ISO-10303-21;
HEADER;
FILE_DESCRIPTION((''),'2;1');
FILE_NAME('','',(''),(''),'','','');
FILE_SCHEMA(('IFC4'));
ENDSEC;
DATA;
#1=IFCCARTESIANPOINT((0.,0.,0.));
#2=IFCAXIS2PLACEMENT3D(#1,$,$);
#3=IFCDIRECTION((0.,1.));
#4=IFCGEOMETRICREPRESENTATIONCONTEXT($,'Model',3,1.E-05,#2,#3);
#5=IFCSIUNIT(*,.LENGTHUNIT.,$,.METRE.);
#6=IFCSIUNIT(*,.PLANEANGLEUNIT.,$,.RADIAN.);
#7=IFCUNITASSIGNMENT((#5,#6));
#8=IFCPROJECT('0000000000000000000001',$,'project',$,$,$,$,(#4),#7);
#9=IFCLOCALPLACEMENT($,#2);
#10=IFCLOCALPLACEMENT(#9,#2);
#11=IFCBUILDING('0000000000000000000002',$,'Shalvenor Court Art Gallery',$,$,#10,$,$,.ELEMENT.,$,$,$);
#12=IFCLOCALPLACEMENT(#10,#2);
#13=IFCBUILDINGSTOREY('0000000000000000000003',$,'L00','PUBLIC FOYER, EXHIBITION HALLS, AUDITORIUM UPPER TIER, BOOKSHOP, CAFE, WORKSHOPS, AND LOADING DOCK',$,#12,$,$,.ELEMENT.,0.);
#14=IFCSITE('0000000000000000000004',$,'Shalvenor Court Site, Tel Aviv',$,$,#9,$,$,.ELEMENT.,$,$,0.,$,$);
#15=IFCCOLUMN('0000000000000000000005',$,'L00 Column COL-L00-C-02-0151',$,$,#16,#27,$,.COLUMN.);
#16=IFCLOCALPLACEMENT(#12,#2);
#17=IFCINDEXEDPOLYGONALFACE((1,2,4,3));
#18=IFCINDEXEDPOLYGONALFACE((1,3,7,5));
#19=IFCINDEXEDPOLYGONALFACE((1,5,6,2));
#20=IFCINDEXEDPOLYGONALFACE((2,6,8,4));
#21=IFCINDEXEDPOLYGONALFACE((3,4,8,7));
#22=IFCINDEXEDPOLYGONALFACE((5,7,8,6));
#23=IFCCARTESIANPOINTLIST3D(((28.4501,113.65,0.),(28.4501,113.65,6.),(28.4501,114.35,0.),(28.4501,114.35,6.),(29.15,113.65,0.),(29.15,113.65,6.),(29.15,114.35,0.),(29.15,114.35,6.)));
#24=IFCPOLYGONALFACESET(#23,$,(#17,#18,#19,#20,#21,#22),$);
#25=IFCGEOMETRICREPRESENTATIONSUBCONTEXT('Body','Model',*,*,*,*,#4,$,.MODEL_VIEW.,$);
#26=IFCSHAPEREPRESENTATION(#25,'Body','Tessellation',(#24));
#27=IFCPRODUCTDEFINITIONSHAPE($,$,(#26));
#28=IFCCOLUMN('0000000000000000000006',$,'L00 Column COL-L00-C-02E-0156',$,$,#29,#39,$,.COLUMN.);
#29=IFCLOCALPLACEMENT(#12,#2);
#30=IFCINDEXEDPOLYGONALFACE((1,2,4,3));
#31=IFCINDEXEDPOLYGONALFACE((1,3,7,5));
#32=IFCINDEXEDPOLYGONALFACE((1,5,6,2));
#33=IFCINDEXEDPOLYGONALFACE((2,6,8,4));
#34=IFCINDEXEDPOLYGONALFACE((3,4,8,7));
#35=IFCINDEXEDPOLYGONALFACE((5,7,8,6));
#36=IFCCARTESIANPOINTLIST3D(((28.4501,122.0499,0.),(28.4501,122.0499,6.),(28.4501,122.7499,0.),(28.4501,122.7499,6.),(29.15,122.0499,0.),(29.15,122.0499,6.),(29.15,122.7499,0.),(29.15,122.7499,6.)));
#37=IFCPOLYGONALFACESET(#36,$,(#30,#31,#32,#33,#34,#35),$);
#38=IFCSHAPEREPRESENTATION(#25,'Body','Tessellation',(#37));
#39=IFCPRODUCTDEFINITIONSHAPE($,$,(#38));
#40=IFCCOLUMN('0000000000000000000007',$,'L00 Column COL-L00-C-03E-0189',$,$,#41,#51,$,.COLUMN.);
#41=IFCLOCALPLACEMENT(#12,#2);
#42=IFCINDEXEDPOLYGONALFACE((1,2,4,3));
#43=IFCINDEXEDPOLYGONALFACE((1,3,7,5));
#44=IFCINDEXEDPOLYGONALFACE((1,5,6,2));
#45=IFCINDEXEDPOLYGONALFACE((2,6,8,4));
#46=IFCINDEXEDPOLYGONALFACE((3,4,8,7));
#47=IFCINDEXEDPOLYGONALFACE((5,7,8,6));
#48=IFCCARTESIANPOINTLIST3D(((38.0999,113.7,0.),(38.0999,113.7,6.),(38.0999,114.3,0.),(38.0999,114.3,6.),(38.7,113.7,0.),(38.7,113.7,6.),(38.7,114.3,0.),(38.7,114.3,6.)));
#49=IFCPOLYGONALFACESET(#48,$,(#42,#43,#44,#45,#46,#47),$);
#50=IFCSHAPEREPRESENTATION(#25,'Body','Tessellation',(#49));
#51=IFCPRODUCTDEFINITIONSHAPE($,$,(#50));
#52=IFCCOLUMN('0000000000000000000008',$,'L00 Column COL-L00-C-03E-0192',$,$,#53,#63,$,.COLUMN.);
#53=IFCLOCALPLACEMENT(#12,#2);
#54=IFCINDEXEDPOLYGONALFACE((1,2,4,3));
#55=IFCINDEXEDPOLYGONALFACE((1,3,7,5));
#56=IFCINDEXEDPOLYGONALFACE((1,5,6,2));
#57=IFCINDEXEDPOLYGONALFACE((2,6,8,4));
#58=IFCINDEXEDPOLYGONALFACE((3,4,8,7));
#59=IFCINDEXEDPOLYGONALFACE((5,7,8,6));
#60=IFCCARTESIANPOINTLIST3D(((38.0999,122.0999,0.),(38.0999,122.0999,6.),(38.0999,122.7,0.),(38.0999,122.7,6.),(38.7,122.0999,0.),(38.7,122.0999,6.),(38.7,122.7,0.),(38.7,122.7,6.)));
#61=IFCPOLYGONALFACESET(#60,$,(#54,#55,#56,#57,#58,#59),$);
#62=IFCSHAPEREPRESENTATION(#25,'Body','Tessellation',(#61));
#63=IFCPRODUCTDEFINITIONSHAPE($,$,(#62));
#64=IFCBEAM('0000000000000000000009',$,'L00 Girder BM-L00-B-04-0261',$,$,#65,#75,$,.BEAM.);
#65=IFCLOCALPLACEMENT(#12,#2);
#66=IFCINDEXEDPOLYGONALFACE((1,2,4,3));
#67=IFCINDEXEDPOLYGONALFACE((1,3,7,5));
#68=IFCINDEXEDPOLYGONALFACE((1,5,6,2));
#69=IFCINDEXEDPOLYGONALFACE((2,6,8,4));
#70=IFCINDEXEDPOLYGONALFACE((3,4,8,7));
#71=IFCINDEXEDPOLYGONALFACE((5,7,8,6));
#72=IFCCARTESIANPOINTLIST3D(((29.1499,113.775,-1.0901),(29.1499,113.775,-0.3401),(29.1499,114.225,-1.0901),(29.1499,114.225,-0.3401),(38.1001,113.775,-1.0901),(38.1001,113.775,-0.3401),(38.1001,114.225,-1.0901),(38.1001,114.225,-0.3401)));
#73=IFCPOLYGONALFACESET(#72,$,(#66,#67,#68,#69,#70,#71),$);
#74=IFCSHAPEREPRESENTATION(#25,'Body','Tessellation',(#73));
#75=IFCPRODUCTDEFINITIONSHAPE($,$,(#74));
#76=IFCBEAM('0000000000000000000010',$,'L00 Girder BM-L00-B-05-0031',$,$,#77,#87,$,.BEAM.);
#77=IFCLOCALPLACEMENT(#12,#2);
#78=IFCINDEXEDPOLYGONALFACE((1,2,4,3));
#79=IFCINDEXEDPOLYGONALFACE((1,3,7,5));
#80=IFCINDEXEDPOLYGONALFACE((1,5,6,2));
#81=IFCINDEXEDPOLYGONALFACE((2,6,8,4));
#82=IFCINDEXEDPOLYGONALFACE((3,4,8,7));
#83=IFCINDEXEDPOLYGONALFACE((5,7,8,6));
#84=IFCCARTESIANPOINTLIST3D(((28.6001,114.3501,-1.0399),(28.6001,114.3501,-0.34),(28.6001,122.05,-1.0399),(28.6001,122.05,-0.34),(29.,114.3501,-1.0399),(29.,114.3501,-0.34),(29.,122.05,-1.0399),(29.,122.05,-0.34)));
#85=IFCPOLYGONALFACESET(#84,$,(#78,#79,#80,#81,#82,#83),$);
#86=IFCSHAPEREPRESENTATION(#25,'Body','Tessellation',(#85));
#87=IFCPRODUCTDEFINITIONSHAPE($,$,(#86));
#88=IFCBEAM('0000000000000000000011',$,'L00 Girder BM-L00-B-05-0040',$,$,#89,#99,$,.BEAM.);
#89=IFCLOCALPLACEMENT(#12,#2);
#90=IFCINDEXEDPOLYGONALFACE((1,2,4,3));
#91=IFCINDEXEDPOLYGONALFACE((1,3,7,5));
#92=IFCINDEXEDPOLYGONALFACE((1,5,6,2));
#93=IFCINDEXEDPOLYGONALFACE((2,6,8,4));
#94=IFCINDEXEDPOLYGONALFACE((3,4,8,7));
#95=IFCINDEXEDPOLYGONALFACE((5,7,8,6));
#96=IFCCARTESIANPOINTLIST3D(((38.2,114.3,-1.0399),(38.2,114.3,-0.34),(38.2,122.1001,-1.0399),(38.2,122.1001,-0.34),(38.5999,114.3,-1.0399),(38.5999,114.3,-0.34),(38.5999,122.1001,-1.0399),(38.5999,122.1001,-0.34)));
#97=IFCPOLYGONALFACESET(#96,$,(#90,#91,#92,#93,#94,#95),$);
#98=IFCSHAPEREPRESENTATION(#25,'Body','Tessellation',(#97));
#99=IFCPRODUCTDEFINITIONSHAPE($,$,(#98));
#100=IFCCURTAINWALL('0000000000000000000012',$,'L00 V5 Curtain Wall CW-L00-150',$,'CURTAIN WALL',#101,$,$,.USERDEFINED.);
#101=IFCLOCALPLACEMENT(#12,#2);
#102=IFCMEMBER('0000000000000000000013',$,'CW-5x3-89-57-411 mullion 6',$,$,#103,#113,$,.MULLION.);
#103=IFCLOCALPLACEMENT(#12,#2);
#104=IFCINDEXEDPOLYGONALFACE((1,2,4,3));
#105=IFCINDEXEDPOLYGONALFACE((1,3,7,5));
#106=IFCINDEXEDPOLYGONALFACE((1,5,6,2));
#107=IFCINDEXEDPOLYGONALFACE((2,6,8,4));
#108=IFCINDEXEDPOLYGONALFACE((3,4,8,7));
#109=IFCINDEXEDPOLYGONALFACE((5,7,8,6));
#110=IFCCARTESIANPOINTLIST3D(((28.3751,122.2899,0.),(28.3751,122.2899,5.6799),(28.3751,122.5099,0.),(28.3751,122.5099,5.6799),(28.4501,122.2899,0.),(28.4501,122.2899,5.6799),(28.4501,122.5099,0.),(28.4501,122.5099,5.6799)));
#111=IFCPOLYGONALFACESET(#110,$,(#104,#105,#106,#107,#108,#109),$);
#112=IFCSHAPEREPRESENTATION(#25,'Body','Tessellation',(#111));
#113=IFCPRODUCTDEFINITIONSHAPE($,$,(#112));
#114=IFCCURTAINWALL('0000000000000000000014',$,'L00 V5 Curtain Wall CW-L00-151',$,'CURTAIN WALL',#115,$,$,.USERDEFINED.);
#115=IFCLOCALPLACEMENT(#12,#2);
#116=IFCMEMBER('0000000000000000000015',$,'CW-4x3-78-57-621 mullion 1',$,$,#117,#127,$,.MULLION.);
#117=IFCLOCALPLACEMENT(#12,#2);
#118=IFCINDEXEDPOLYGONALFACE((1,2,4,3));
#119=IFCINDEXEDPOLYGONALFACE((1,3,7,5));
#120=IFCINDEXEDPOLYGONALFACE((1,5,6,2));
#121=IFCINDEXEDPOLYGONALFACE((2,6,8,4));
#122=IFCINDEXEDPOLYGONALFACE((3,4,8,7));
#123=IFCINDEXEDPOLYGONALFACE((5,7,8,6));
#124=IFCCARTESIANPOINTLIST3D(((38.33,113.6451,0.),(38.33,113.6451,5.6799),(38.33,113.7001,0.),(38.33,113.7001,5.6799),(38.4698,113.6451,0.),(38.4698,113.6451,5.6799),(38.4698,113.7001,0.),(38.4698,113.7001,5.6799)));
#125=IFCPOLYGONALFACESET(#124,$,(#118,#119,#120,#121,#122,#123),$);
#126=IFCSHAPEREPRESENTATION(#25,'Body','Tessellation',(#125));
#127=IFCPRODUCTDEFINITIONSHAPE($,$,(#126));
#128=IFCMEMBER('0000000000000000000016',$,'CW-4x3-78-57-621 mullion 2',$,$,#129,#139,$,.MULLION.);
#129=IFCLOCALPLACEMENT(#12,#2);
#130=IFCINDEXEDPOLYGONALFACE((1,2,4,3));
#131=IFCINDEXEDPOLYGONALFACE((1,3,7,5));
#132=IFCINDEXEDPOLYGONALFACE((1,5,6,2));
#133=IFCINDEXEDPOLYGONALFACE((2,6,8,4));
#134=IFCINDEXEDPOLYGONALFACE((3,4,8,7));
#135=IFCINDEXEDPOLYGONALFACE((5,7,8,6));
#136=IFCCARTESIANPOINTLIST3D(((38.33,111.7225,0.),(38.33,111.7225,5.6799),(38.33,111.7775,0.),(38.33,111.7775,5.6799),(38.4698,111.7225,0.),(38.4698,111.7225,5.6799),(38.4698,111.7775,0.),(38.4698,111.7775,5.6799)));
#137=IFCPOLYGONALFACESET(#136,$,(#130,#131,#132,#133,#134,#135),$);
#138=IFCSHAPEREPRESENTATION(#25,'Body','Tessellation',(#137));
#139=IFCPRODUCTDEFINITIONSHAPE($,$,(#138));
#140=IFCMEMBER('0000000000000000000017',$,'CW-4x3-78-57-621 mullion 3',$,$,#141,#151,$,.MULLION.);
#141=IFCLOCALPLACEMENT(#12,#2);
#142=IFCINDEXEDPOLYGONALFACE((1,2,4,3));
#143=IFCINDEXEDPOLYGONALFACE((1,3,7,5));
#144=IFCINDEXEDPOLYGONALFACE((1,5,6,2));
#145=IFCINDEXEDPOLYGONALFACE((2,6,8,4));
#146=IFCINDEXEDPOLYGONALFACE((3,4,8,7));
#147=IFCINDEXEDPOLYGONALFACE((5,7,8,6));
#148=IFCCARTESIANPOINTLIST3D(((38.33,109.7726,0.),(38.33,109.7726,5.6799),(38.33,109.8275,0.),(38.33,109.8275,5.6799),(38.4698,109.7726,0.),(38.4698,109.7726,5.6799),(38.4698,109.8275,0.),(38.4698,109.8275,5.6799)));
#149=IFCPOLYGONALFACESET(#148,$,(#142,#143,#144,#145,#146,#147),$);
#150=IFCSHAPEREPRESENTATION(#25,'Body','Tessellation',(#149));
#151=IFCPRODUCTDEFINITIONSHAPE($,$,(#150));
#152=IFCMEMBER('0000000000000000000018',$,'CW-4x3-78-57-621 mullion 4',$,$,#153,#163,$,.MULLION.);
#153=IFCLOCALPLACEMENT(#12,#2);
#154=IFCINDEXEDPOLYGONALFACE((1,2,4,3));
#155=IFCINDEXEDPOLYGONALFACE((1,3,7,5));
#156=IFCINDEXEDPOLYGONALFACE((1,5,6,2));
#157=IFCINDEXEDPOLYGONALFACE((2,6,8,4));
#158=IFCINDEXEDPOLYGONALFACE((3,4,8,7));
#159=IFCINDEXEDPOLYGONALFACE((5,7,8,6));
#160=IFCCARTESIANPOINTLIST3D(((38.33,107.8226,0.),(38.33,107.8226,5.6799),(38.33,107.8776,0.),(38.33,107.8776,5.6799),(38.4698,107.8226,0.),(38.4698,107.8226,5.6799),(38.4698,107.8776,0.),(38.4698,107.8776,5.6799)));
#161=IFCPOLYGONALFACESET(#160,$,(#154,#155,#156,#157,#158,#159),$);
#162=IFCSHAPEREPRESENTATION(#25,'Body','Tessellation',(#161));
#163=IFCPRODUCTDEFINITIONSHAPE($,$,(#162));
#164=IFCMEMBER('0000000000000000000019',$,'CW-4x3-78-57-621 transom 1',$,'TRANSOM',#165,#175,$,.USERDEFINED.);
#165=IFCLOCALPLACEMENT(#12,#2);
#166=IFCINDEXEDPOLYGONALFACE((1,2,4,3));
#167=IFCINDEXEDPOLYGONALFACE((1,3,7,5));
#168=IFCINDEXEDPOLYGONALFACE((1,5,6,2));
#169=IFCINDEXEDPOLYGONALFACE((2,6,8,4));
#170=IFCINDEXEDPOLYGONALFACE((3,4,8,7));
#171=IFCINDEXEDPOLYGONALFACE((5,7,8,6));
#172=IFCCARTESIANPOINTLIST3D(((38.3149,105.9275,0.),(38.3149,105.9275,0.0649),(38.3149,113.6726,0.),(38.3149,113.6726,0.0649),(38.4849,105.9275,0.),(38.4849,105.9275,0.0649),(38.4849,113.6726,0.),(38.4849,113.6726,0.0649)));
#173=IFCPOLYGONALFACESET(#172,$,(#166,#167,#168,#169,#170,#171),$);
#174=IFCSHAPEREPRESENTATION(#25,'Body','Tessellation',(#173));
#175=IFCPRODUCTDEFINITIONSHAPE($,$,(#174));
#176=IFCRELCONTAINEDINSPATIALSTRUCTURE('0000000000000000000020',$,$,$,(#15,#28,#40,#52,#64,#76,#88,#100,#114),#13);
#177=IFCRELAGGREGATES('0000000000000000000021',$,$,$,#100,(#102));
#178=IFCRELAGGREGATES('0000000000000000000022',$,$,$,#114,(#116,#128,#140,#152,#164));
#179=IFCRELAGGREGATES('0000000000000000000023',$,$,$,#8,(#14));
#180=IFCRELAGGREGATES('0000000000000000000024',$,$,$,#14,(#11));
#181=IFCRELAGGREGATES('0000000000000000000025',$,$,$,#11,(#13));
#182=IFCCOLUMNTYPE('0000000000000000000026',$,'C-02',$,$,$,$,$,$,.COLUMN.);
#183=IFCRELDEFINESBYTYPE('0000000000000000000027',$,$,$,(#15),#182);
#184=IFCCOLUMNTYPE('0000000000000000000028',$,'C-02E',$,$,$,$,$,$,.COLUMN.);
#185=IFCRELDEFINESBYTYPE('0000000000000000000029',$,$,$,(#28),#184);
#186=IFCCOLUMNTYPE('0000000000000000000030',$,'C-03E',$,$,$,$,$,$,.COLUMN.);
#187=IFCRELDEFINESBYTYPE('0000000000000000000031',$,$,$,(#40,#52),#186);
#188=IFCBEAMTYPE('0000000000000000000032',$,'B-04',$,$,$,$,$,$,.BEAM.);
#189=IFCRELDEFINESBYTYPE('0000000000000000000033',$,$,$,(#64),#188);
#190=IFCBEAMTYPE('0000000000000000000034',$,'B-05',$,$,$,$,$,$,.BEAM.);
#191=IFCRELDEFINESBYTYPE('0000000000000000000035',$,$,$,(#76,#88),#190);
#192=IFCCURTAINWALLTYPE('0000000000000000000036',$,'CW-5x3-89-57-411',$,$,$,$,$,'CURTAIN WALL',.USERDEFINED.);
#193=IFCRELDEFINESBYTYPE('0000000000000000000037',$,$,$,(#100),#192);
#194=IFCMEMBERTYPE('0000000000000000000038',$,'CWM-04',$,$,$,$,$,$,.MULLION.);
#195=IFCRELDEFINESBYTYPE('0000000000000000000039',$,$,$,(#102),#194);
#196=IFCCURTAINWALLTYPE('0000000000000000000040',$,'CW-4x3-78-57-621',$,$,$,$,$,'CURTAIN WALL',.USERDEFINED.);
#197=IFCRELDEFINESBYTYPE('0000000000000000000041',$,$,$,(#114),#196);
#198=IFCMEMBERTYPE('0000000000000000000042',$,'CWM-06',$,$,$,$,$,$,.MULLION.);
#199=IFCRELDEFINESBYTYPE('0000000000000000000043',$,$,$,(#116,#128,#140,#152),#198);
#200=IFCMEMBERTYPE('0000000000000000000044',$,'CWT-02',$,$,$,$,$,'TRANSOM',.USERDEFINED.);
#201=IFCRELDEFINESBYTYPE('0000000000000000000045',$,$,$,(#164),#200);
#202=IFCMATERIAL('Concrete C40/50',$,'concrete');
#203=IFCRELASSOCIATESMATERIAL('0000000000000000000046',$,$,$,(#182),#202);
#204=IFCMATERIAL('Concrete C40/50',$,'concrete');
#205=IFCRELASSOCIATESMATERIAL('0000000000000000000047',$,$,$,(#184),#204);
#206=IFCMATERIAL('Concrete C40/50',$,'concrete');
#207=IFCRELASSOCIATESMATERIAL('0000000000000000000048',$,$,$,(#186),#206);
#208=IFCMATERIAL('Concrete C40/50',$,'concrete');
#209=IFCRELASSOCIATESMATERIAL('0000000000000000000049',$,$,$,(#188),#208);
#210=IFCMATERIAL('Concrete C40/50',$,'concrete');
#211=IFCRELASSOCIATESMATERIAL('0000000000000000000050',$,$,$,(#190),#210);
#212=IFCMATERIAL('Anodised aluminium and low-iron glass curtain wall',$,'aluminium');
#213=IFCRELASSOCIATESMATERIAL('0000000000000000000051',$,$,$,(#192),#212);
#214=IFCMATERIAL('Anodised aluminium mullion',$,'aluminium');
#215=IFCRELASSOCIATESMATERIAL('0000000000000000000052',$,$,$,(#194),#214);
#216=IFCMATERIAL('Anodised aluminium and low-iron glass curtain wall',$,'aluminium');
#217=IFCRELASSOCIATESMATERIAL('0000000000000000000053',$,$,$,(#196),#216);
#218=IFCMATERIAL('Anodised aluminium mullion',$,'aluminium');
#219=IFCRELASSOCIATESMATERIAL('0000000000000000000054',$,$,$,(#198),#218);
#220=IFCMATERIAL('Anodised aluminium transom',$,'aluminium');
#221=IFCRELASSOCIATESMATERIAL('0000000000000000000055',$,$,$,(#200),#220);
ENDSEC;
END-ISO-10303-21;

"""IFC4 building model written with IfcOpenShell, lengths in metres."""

from ifc_helpers import new_model, si_unit, direction, frame, origin, origin_2d, place, context, subcontext, project, spatial, rectangle, extrude, material, material_profile, profile_set, type_object, element, aggregate, save


model = new_model("IFC4")

# Units and contexts
model_context = context("Model", 3, precision=1e-05, world=origin(), true_north=direction((0.0, 1.0)))
body_context = subcontext(model_context, "Body", "Model", "MODEL_VIEW")
ifc_project = project(units=[si_unit("LENGTHUNIT", "METRE"), si_unit("PLANEANGLEUNIT", "RADIAN")], contexts=[model_context])

# Site, building, storey
site_placement = place(None, origin())
site = spatial("IfcSite", under=ifc_project, at=site_placement, Name="Shalvenor Court Site, Tel Aviv", CompositionType="ELEMENT", RefElevation=0.0)
building_placement = place(site_placement, origin())
building = spatial("IfcBuilding", under=site, at=building_placement, Name="Shalvenor Court Art Gallery", CompositionType="ELEMENT")
storey_placement = place(building_placement, origin())
storey = spatial("IfcBuildingStorey", under=building, at=storey_placement, Name="L00", Description="PUBLIC FOYER, EXHIBITION HALLS, AUDITORIUM UPPER TIER, BOOKSHOP, CAFE, WORKSHOPS, AND LOADING DOCK", CompositionType="ELEMENT", Elevation=0.0)

# Columns
ifc_material_1 = material(Name="Concrete C40/50", Category="concrete")
ifc_material_profile_1 = material_profile(ifc_material_1, rectangle(XDim=0.7, YDim=0.7, at=origin_2d()), Name="RC 700x700")
ifc_profile_set_1 = profile_set([ifc_material_profile_1], Name="Concrete C40/50")
column_type_1 = type_object("IfcColumnType", Name="C-02", PredefinedType="COLUMN", material=ifc_profile_set_1)
column_1_placement = place(storey_placement, frame((28.8, 114.0, 0.0), z_axis=(0.0, 0.0, 1.0), x_axis=(1.0, 0.0, 0.0)))
element("IfcColumn", 1, at=column_1_placement, inside=storey, type_object=column_type_1, Name="L00 Column COL-L00-C-02-0151", PredefinedType="COLUMN", context=body_context, shape_type="SweptSolid", body=[
    extrude(rectangle(XDim=0.7, YDim=0.7, at=origin_2d()), origin(), (0.0, 0.0, 1.0), 6.0),
])
ifc_material_2 = material(Name="Concrete C40/50", Category="concrete")
ifc_material_profile_2 = material_profile(ifc_material_2, rectangle(XDim=0.7, YDim=0.7, at=origin_2d()), Name="RC 700x700")
ifc_profile_set_2 = profile_set([ifc_material_profile_2], Name="Concrete C40/50")
column_type_2 = type_object("IfcColumnType", Name="C-02E", PredefinedType="COLUMN", material=ifc_profile_set_2)
column_2_placement = place(storey_placement, frame((28.8, 122.3999, 0.0), z_axis=(0.0, 0.0, 1.0), x_axis=(1.0, 0.0, 0.0)))
element("IfcColumn", 2, at=column_2_placement, inside=storey, type_object=column_type_2, Name="L00 Column COL-L00-C-02E-0156", PredefinedType="COLUMN", context=body_context, shape_type="SweptSolid", body=[
    extrude(rectangle(XDim=0.7, YDim=0.7, at=origin_2d()), origin(), (0.0, 0.0, 1.0), 6.0),
])
ifc_material_3 = material(Name="Concrete C40/50", Category="concrete")
ifc_material_profile_3 = material_profile(ifc_material_3, rectangle(XDim=0.6001, YDim=0.6001, at=origin_2d()), Name="RC 600x600")
ifc_profile_set_3 = profile_set([ifc_material_profile_3], Name="Concrete C40/50")
column_type_3 = type_object("IfcColumnType", Name="C-03E", PredefinedType="COLUMN", material=ifc_profile_set_3)
for number, where, z_axis, x_axis, name in (
    (3, (38.3999, 114.0, 0.0), (0.0, 0.0, 1.0), (1.0, 0.0, 0.0), "L00 Column COL-L00-C-03E-0189"),
    (4, (38.3999, 122.3999, 0.0), (0.0, 0.0, 1.0), (1.0, 0.0, 0.0), "L00 Column COL-L00-C-03E-0192"),
):
    element("IfcColumn", number, at=place(storey_placement, frame(where, z_axis=z_axis, x_axis=x_axis)), inside=storey, type_object=column_type_3, Name=name, PredefinedType="COLUMN", context=body_context, shape_type="SweptSolid", body=[
        extrude(rectangle(XDim=0.6001, YDim=0.6001, at=origin_2d()), origin(), (0.0, 0.0, 1.0), 6.0),
    ])

# Beams
ifc_material_4 = material(Name="Concrete C40/50", Category="concrete")
ifc_material_profile_4 = material_profile(ifc_material_4, rectangle(XDim=0.45, YDim=0.75, at=origin_2d()), Name="RC 450x750")
ifc_profile_set_4 = profile_set([ifc_material_profile_4], Name="Concrete C40/50")
beam_type_1 = type_object("IfcBeamType", Name="B-04", PredefinedType="BEAM", material=ifc_profile_set_4)
beam_1_placement = place(storey_placement, frame((29.1499, 114.0, -0.7151), z_axis=(1.0, 0.0, 0.0), x_axis=(0.0, 1.0, 0.0)))
element("IfcBeam", 5, at=beam_1_placement, inside=storey, type_object=beam_type_1, Name="L00 Girder BM-L00-B-04-0261", PredefinedType="BEAM", context=body_context, shape_type="SweptSolid", body=[
    extrude(rectangle(XDim=0.45, YDim=0.75, at=origin_2d()), origin(), (0.0, 0.0, 1.0), 8.9502),
])
ifc_material_5 = material(Name="Concrete C40/50", Category="concrete")
ifc_material_profile_5 = material_profile(ifc_material_5, rectangle(XDim=0.3999, YDim=0.7, at=origin_2d()), Name="RC 400x700")
ifc_profile_set_5 = profile_set([ifc_material_profile_5], Name="Concrete C40/50")
beam_type_2 = type_object("IfcBeamType", Name="B-05", PredefinedType="BEAM", material=ifc_profile_set_5)
beam_2_placement = place(storey_placement, frame((28.8, 114.3501, -0.6899), z_axis=(0.0, 1.0, 0.0), x_axis=(-1.0, 0.0, 0.0)))
element("IfcBeam", 6, at=beam_2_placement, inside=storey, type_object=beam_type_2, Name="L00 Girder BM-L00-B-05-0031", PredefinedType="BEAM", context=body_context, shape_type="SweptSolid", body=[
    extrude(rectangle(XDim=0.3999, YDim=0.7, at=origin_2d()), origin(), (0.0, 0.0, 1.0), 7.7),
])
beam_3_placement = place(storey_placement, frame((38.3999, 114.3, -0.6899), z_axis=(0.0, 1.0, 0.0), x_axis=(-1.0, 0.0, 0.0)))
element("IfcBeam", 7, at=beam_3_placement, inside=storey, type_object=beam_type_2, Name="L00 Girder BM-L00-B-05-0040", PredefinedType="BEAM", context=body_context, shape_type="SweptSolid", body=[
    extrude(rectangle(XDim=0.3999, YDim=0.7, at=origin_2d()), origin(), (0.0, 0.0, 1.0), 7.8),
])

# Curtain wall, member
ifc_material_6 = material(Name="Anodised aluminium and low-iron glass curtain wall", Category="aluminium")
curtain_wall_type_1 = type_object("IfcCurtainWallType", Name="CW-5x3-89-57-411", ElementType="CURTAIN WALL", PredefinedType="USERDEFINED", material=ifc_material_6)
curtain_wall_1_placement = place(storey_placement, origin())
curtain_wall_1 = element("IfcCurtainWall", 8, at=curtain_wall_1_placement, inside=storey, type_object=curtain_wall_type_1, Name="L00 V5 Curtain Wall CW-L00-150", ObjectType="CURTAIN WALL", PredefinedType="USERDEFINED")
ifc_material_7 = material(Name="Anodised aluminium mullion", Category="aluminium")
ifc_material_profile_6 = material_profile(ifc_material_7, rectangle(XDim=0.075, YDim=0.22, at=origin_2d()), Name="CWM-04")
ifc_profile_set_6 = profile_set([ifc_material_profile_6], Name="Anodised aluminium mullion")
member_type_1 = type_object("IfcMemberType", Name="CWM-04", PredefinedType="MULLION", material=ifc_profile_set_6)
member_1_placement = place(storey_placement, frame((28.4126, 122.3999, 0.0), z_axis=(0.0, 0.0, 1.0), x_axis=(1.0, 0.0, 0.0)))
member_1 = element("IfcMember", 9, at=member_1_placement, type_object=member_type_1, Name="CW-5x3-89-57-411 mullion 6", PredefinedType="MULLION", context=body_context, shape_type="SweptSolid", body=[
    extrude(rectangle(XDim=0.075, YDim=0.22, at=origin_2d()), origin(), (0.0, 0.0, 1.0), 5.6799),
])

# Curtain wall, members
ifc_material_8 = material(Name="Anodised aluminium and low-iron glass curtain wall", Category="aluminium")
curtain_wall_type_2 = type_object("IfcCurtainWallType", Name="CW-4x3-78-57-621", ElementType="CURTAIN WALL", PredefinedType="USERDEFINED", material=ifc_material_8)
curtain_wall_2_placement = place(storey_placement, origin())
curtain_wall_2 = element("IfcCurtainWall", 10, at=curtain_wall_2_placement, inside=storey, type_object=curtain_wall_type_2, Name="L00 V5 Curtain Wall CW-L00-151", ObjectType="CURTAIN WALL", PredefinedType="USERDEFINED")
ifc_material_9 = material(Name="Anodised aluminium mullion", Category="aluminium")
ifc_material_profile_7 = material_profile(ifc_material_9, rectangle(XDim=0.0549, YDim=0.1399, at=origin_2d()), Name="CWM-06")
ifc_profile_set_7 = profile_set([ifc_material_profile_7], Name="Anodised aluminium mullion")
member_type_2 = type_object("IfcMemberType", Name="CWM-06", PredefinedType="MULLION", material=ifc_profile_set_7)
member_2_placement = place(storey_placement, frame((38.3999, 113.6726, 0.0), z_axis=(0.0, 0.0, 1.0), x_axis=(0.0, -1.0, 0.0)))
member_2 = element("IfcMember", 11, at=member_2_placement, type_object=member_type_2, Name="CW-4x3-78-57-621 mullion 1", PredefinedType="MULLION", context=body_context, shape_type="SweptSolid", body=[
    extrude(rectangle(XDim=0.0549, YDim=0.1399, at=origin_2d()), origin(), (0.0, 0.0, 1.0), 5.6799),
])
member_3_placement = place(storey_placement, frame((38.3999, 111.75, 0.0), z_axis=(0.0, 0.0, 1.0), x_axis=(0.0, -1.0, 0.0)))
member_3 = element("IfcMember", 12, at=member_3_placement, type_object=member_type_2, Name="CW-4x3-78-57-621 mullion 2", PredefinedType="MULLION", context=body_context, shape_type="SweptSolid", body=[
    extrude(rectangle(XDim=0.0549, YDim=0.1399, at=origin_2d()), origin(), (0.0, 0.0, 1.0), 5.6799),
])
member_4_placement = place(storey_placement, frame((38.3999, 109.8, 0.0), z_axis=(0.0, 0.0, 1.0), x_axis=(0.0, -1.0, 0.0)))
member_4 = element("IfcMember", 13, at=member_4_placement, type_object=member_type_2, Name="CW-4x3-78-57-621 mullion 3", PredefinedType="MULLION", context=body_context, shape_type="SweptSolid", body=[
    extrude(rectangle(XDim=0.0549, YDim=0.1399, at=origin_2d()), origin(), (0.0, 0.0, 1.0), 5.6799),
])
member_5_placement = place(storey_placement, frame((38.3999, 107.8501, 0.0), z_axis=(0.0, 0.0, 1.0), x_axis=(0.0, -1.0, 0.0)))
member_5 = element("IfcMember", 14, at=member_5_placement, type_object=member_type_2, Name="CW-4x3-78-57-621 mullion 4", PredefinedType="MULLION", context=body_context, shape_type="SweptSolid", body=[
    extrude(rectangle(XDim=0.0549, YDim=0.1399, at=origin_2d()), origin(), (0.0, 0.0, 1.0), 5.6799),
])
ifc_material_10 = material(Name="Anodised aluminium transom", Category="aluminium")
ifc_material_profile_8 = material_profile(ifc_material_10, rectangle(XDim=0.1699, YDim=0.0649, at=origin_2d()), Name="CWT-02")
ifc_profile_set_8 = profile_set([ifc_material_profile_8], Name="Anodised aluminium transom")
member_type_3 = type_object("IfcMemberType", Name="CWT-02", ElementType="TRANSOM", PredefinedType="USERDEFINED", material=ifc_profile_set_8)
member_6_placement = place(storey_placement, frame((38.3999, 113.6726, 0.0325), z_axis=(0.0, -1.0, 0.0), x_axis=(1.0, 0.0, 0.0)))
member_6 = element("IfcMember", 15, at=member_6_placement, type_object=member_type_3, Name="CW-4x3-78-57-621 transom 1", ObjectType="TRANSOM", PredefinedType="USERDEFINED", context=body_context, shape_type="SweptSolid", body=[
    extrude(rectangle(XDim=0.1699, YDim=0.0649, at=origin_2d()), origin(), (0.0, 0.0, 1.0), 7.7451),
])

aggregate(curtain_wall_1, [member_1])
aggregate(curtain_wall_2, [member_2, member_3, member_4, member_5, member_6])

save(model, "model.ifc")
